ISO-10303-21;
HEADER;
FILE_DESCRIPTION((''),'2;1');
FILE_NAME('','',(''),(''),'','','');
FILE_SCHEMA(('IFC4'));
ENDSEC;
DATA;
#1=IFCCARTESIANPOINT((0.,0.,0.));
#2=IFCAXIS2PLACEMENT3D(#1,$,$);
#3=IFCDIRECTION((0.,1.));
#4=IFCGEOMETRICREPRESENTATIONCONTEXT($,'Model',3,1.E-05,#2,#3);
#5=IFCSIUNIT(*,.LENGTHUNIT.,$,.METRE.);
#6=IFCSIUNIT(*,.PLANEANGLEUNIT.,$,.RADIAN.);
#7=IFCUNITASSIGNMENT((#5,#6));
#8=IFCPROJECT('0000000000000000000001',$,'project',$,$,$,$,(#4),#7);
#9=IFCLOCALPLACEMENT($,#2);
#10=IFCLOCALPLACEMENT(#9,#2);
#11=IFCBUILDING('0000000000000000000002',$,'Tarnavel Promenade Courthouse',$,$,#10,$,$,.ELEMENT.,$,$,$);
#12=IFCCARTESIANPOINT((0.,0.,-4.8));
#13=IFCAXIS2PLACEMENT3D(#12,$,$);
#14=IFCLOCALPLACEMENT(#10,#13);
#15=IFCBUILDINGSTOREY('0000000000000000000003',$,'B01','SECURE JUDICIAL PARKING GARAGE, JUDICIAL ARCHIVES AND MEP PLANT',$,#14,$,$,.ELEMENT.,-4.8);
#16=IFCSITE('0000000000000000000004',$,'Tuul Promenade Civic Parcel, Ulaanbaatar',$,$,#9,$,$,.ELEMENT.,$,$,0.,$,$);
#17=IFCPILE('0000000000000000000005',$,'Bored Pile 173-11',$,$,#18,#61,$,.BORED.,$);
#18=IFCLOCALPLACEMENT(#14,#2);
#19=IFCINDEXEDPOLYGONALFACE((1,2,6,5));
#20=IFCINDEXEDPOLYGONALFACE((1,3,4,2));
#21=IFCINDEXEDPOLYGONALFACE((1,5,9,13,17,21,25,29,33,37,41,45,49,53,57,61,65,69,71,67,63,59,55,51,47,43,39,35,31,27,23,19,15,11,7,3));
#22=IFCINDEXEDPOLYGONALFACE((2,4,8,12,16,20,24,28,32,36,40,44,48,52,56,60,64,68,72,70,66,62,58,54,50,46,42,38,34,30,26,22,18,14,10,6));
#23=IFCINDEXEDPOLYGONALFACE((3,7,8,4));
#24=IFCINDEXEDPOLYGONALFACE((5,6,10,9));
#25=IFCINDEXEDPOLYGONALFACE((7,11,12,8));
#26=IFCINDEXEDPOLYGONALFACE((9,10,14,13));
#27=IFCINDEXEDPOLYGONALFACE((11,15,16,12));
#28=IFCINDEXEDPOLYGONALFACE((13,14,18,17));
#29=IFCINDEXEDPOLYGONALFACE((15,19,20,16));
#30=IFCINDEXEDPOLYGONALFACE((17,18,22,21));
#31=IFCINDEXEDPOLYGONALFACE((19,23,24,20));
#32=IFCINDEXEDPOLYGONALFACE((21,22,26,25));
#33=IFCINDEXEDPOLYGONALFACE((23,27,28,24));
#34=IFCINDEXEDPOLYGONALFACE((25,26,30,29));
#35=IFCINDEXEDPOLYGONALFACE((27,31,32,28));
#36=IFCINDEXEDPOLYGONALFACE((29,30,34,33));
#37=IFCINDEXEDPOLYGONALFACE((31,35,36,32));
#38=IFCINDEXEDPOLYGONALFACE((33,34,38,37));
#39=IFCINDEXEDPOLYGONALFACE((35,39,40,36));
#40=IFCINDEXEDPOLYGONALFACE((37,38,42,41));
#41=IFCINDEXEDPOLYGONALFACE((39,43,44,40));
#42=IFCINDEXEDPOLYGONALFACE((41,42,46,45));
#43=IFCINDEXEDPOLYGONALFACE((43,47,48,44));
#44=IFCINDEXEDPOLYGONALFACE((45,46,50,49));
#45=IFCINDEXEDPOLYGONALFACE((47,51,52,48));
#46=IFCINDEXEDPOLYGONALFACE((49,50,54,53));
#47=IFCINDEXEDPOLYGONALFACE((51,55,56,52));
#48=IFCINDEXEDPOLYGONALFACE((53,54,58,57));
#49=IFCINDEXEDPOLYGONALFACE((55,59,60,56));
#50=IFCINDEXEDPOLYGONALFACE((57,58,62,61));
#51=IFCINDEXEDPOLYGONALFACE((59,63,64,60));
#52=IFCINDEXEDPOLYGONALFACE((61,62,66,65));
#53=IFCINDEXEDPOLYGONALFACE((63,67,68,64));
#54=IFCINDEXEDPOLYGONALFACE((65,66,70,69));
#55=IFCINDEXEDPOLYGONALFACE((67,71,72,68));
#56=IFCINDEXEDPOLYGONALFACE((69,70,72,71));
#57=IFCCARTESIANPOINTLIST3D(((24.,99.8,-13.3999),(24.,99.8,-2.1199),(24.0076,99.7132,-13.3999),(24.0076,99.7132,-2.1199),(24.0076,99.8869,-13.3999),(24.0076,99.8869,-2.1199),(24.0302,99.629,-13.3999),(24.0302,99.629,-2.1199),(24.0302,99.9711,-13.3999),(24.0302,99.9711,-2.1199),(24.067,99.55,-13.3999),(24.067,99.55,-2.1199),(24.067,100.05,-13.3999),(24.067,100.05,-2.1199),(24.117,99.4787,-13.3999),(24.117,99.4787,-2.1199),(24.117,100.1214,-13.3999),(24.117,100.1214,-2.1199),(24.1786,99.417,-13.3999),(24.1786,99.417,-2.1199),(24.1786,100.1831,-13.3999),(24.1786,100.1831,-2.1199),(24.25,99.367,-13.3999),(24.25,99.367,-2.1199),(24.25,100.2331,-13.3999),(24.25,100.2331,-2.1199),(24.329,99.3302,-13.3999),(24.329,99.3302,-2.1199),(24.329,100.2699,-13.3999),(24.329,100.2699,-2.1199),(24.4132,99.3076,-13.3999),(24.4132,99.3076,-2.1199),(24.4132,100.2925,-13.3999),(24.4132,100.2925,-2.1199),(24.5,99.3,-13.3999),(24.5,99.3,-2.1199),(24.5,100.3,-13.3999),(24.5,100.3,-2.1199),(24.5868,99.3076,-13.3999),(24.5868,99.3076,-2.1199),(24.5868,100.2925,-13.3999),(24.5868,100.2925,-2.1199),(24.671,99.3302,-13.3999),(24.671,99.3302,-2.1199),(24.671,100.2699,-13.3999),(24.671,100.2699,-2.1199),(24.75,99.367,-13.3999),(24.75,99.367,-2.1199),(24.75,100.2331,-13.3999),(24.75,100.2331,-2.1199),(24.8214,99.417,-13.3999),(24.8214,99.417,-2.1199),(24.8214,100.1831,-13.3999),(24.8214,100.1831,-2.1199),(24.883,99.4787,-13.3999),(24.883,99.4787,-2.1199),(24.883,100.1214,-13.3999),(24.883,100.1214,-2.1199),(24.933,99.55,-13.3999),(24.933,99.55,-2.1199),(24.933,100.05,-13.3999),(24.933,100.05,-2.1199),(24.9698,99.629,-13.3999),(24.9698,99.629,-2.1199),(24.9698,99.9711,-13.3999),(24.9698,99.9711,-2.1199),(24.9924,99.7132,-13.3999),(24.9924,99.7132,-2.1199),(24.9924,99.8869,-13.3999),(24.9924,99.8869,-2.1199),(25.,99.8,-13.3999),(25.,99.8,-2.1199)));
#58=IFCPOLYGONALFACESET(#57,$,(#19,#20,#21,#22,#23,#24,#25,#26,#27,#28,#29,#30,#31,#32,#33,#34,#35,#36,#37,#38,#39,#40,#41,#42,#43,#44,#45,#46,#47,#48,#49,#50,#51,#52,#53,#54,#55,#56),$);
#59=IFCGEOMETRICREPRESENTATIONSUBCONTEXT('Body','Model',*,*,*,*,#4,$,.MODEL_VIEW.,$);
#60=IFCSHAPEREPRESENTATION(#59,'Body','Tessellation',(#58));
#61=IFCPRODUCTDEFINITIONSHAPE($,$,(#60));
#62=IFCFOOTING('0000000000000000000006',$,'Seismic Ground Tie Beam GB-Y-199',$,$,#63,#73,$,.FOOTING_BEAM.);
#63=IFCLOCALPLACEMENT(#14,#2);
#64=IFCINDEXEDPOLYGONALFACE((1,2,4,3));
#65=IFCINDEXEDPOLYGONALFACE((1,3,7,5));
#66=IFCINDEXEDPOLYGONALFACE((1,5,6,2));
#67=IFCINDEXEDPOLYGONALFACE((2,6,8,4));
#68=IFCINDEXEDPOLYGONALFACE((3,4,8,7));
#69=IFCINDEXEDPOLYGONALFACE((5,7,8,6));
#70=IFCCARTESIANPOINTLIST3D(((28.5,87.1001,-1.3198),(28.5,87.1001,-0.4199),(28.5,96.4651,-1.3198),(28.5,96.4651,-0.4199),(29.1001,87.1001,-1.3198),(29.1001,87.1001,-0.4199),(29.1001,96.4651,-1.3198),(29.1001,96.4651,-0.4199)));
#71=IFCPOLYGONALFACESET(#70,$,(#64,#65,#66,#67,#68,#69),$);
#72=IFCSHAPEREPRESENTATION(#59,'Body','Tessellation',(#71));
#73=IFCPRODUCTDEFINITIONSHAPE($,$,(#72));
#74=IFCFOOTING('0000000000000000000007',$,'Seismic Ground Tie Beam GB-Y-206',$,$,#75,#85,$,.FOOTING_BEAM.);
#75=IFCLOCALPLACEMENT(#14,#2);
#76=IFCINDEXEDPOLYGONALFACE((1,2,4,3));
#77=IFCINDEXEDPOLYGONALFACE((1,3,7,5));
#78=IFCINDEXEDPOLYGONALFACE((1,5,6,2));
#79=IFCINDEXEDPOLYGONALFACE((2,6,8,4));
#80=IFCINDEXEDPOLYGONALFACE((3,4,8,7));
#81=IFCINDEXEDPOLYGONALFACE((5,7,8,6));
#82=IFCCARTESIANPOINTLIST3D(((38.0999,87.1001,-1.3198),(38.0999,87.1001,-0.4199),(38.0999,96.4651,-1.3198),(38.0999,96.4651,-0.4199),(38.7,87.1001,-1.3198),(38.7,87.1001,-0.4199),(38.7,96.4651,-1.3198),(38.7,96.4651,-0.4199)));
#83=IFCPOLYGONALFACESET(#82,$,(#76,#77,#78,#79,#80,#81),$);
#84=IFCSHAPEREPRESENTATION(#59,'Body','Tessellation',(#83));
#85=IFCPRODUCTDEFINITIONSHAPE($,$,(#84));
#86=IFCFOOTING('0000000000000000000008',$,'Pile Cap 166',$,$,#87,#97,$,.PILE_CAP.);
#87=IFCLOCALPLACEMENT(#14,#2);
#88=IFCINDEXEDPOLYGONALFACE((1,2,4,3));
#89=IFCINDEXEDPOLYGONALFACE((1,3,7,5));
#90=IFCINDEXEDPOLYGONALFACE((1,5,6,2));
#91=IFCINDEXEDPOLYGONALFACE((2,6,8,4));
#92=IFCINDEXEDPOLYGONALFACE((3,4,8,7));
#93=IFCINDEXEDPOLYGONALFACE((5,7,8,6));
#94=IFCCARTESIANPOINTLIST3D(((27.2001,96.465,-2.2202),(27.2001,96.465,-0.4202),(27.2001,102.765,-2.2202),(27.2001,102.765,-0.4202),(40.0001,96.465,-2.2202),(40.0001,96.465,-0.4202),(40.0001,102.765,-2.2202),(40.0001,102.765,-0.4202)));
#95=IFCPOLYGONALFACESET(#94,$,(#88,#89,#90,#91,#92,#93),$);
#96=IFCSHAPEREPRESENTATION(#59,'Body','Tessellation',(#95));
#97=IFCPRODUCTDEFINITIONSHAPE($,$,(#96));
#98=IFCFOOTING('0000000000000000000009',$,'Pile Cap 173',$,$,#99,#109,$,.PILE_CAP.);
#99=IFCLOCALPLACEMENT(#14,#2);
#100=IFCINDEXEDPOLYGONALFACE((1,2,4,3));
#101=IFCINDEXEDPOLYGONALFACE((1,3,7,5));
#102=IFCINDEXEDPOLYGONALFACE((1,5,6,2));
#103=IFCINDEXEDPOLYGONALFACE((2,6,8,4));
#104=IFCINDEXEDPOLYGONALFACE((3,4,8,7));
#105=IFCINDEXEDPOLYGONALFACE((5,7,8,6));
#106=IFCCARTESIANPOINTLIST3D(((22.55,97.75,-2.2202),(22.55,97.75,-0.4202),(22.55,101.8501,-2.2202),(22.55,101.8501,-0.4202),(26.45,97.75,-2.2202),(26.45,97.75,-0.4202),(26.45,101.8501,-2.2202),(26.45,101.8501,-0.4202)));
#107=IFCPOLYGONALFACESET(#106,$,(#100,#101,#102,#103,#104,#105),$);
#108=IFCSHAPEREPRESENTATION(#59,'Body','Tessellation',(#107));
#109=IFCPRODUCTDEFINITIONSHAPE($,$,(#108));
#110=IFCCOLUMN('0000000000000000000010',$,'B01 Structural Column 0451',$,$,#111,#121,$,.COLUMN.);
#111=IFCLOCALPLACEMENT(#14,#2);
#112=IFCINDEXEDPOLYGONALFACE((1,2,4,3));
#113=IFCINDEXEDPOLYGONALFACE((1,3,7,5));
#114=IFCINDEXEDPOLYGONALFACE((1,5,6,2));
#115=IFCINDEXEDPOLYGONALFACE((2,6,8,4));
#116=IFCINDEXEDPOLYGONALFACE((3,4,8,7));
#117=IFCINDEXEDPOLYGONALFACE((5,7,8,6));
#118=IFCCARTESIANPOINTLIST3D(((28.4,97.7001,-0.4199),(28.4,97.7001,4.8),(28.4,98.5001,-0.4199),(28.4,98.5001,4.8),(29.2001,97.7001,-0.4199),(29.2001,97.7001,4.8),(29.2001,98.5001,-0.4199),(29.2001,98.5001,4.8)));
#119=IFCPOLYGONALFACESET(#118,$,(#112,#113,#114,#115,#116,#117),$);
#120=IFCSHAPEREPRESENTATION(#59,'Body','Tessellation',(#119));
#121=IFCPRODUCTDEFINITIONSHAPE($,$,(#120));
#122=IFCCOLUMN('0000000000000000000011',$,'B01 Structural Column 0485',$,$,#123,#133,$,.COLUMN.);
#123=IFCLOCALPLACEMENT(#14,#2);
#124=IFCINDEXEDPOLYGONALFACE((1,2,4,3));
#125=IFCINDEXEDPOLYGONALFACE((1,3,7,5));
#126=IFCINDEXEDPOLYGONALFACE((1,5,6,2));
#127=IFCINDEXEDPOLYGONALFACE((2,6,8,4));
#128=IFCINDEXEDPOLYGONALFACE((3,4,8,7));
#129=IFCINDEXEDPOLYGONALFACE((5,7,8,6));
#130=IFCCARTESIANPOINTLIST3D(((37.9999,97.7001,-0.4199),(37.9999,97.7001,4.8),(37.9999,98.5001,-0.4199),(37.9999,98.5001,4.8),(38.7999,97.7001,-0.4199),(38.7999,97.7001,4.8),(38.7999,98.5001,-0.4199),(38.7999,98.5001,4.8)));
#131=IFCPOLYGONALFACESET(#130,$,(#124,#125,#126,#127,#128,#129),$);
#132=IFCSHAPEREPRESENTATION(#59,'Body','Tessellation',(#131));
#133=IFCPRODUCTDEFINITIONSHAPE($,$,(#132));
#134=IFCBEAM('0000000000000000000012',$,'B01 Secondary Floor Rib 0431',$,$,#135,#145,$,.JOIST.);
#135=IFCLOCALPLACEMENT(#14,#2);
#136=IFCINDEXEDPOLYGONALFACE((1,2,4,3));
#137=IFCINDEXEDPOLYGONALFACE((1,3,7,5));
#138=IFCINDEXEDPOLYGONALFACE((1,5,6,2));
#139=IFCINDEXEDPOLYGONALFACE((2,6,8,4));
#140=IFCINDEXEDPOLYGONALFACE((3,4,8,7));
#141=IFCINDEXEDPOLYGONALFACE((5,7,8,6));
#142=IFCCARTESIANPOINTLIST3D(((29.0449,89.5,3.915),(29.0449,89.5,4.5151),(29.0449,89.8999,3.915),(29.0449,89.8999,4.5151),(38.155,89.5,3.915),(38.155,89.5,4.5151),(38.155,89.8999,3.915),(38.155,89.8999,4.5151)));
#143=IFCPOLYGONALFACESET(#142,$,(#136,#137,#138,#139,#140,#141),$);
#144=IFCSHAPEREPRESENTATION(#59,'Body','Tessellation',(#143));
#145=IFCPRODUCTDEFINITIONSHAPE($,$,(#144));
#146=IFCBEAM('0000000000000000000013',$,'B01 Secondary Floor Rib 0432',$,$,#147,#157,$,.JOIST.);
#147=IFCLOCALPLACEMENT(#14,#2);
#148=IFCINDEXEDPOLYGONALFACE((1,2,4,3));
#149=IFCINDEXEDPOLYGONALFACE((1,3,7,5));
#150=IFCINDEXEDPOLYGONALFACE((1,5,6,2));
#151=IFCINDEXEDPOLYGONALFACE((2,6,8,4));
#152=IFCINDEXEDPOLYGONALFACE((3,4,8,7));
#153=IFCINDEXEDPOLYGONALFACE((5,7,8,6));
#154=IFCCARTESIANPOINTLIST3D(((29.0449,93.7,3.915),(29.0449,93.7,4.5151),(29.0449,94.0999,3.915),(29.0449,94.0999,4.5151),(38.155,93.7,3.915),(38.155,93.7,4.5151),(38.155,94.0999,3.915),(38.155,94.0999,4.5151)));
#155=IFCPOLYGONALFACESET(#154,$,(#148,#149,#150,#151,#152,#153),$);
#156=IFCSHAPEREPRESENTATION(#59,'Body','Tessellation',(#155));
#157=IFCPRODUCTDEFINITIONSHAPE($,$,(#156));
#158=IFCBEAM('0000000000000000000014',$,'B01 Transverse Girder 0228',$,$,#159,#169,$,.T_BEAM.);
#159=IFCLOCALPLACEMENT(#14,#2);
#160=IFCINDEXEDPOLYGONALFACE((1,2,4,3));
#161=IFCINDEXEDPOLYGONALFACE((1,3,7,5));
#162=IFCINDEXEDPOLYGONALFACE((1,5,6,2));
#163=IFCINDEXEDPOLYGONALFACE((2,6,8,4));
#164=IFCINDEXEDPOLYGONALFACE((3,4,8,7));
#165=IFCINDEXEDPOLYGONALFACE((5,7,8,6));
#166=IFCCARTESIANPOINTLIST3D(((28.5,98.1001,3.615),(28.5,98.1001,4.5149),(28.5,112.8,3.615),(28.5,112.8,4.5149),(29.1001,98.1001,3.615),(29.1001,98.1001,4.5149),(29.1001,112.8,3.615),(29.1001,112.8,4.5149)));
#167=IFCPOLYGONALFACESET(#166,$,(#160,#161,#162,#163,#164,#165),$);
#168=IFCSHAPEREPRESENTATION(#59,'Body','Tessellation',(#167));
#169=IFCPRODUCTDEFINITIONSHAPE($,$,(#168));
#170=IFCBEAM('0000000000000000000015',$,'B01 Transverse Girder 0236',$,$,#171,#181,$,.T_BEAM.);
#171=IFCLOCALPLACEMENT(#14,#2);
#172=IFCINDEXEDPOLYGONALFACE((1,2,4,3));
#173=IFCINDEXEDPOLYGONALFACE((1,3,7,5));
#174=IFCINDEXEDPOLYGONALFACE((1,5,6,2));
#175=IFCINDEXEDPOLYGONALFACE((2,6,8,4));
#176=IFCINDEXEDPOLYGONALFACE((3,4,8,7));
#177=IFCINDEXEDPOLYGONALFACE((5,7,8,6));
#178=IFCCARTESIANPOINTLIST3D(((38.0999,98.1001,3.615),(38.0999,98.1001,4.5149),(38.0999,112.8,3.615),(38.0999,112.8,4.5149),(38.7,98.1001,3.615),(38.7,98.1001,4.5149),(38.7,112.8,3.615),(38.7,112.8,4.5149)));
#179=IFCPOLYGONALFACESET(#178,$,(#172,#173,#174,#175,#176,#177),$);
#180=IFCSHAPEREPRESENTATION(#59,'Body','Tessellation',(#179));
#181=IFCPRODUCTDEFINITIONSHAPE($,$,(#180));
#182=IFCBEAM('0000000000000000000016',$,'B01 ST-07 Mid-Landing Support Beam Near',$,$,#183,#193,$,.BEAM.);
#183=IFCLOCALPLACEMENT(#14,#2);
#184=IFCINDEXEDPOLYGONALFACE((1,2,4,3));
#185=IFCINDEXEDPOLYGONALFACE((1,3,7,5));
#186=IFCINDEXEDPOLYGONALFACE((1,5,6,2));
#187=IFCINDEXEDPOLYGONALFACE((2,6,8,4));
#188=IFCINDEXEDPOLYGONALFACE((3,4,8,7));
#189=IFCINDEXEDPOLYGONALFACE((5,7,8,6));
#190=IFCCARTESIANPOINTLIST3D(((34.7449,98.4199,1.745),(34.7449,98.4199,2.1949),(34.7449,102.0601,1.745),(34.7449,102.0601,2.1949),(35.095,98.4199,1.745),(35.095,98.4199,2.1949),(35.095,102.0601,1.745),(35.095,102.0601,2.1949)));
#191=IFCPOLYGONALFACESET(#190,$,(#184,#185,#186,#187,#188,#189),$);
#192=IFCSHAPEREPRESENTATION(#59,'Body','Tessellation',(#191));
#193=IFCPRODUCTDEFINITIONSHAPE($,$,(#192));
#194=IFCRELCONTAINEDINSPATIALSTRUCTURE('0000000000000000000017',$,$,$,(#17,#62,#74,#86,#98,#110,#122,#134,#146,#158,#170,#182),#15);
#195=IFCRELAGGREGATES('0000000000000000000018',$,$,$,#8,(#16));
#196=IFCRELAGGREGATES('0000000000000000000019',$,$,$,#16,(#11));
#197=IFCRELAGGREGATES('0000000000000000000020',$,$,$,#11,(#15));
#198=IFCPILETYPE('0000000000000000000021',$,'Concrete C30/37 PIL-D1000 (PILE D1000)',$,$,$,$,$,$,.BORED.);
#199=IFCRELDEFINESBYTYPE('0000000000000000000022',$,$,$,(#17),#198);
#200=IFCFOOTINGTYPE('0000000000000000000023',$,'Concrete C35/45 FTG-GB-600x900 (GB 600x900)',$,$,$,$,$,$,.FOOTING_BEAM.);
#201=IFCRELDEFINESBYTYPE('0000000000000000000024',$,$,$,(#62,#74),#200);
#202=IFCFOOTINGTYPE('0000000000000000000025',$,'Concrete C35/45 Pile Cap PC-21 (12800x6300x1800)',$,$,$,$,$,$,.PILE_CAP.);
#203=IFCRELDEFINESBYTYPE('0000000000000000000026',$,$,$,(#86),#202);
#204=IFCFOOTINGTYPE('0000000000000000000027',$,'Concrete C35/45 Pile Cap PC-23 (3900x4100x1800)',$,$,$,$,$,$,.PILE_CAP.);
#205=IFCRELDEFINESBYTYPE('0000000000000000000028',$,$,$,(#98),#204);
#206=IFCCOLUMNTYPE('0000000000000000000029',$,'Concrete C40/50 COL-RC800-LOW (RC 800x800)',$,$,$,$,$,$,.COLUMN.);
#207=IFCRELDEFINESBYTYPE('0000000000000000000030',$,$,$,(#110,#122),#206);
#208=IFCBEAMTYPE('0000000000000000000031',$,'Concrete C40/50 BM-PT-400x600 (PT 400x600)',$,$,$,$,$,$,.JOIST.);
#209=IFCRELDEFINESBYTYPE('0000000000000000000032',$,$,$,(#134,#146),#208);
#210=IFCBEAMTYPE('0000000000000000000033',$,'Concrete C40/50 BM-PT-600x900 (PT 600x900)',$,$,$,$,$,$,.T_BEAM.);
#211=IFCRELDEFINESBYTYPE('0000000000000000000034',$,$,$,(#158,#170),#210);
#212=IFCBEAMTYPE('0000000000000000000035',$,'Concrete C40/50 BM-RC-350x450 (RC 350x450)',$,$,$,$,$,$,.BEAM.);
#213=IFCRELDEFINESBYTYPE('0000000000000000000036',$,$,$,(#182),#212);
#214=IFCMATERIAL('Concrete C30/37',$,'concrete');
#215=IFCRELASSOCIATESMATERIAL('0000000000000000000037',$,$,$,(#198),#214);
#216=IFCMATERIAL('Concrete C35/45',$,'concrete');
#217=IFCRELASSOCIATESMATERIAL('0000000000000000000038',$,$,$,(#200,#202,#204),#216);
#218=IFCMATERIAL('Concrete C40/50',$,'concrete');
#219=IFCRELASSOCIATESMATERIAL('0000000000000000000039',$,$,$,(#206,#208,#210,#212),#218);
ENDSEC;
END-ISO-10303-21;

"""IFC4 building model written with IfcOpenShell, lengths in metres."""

from ifc_helpers import new_model, si_unit, direction, frame, origin, origin_2d, place, context, subcontext, project, spatial, rectangle, circle, extrude, material, material_profile, profile_set, type_object, element, save


model = new_model("IFC4")

# Units and contexts
model_context = context("Model", 3, precision=1e-05, world=origin(), true_north=direction((0.0, 1.0)))
body_context = subcontext(model_context, "Body", "Model", "MODEL_VIEW")
ifc_project = project(units=[si_unit("LENGTHUNIT", "METRE"), si_unit("PLANEANGLEUNIT", "RADIAN")], contexts=[model_context])

# Site, building, storey
site_placement = place(None, origin())
site = spatial("IfcSite", under=ifc_project, at=site_placement, Name="Tuul Promenade Civic Parcel, Ulaanbaatar", CompositionType="ELEMENT", RefElevation=0.0)
building_placement = place(site_placement, origin())
building = spatial("IfcBuilding", under=site, at=building_placement, Name="Tarnavel Promenade Courthouse", CompositionType="ELEMENT")
storey_placement = place(building_placement, frame((0.0, 0.0, -4.8)))
storey = spatial("IfcBuildingStorey", under=building, at=storey_placement, Name="B01", Description="SECURE JUDICIAL PARKING GARAGE, JUDICIAL ARCHIVES AND MEP PLANT", CompositionType="ELEMENT", Elevation=-4.8)

# Pile
ifc_material_1 = material(Name="Concrete C30/37", Category="concrete")
ifc_material_profile_1 = material_profile(ifc_material_1, circle(Radius=0.5, at=origin_2d()), Name="PILE D1000")
ifc_profile_set_1 = profile_set([ifc_material_profile_1], Name="Concrete C30/37")
pile_type = type_object("IfcPileType", Name="Concrete C30/37 PIL-D1000 (PILE D1000)", PredefinedType="BORED", material=ifc_profile_set_1)
for number, where, z_axis, x_axis, name in (
    (1, (24.5, 99.8, -2.1199), (0.0, 0.0, -1.0), (1.0, 0.0, 0.0), "Bored Pile 173-11"),
):
    element("IfcPile", number, at=place(storey_placement, frame(where, z_axis=z_axis, x_axis=x_axis)), inside=storey, type_object=pile_type, Name=name, PredefinedType="BORED", context=body_context, shape_type="SweptSolid", body=[
        extrude(circle(Radius=0.5, at=origin_2d()), origin(), (0.0, 0.0, 1.0), 11.28),
    ])

# Footings
ifc_material_2 = material(Name="Concrete C35/45", Category="concrete")
ifc_material_profile_2 = material_profile(ifc_material_2, rectangle(XDim=0.6001, YDim=0.8999, at=origin_2d()), Name="GB 600x900")
ifc_profile_set_2 = profile_set([ifc_material_profile_2], Name="Concrete C35/45")
footing_type_1 = type_object("IfcFootingType", Name="Concrete C35/45 FTG-GB-600x900 (GB 600x900)", PredefinedType="FOOTING_BEAM", material=ifc_profile_set_2)
for number, where, z_axis, x_axis, name in (
    (2, (28.8, 87.1001, -0.8699), (0.0, 1.0, 0.0), (-1.0, 0.0, 0.0), "Seismic Ground Tie Beam GB-Y-199"),
    (3, (38.3999, 87.1001, -0.8699), (0.0, 1.0, 0.0), (-1.0, 0.0, 0.0), "Seismic Ground Tie Beam GB-Y-206"),
):
    element("IfcFooting", number, at=place(storey_placement, frame(where, z_axis=z_axis, x_axis=x_axis)), inside=storey, type_object=footing_type_1, Name=name, PredefinedType="FOOTING_BEAM", context=body_context, shape_type="SweptSolid", body=[
        extrude(rectangle(XDim=0.6001, YDim=0.8999, at=origin_2d()), origin(), (0.0, 0.0, 1.0), 9.365),
    ])
footing_type_2 = type_object("IfcFootingType", Name="Concrete C35/45 Pile Cap PC-21 (12800x6300x1800)", PredefinedType="PILE_CAP", material=ifc_material_2)
footing_1_placement = place(storey_placement, frame((33.6001, 99.615, -2.2202), z_axis=(0.0, 0.0, 1.0), x_axis=(1.0, 0.0, 0.0)))
element("IfcFooting", 4, at=footing_1_placement, inside=storey, type_object=footing_type_2, Name="Pile Cap 166", PredefinedType="PILE_CAP", context=body_context, shape_type="SweptSolid", body=[
    extrude(rectangle(XDim=12.8, YDim=6.3, at=origin_2d()), origin(), (0.0, 0.0, 1.0), 1.8),
])
footing_type_3 = type_object("IfcFootingType", Name="Concrete C35/45 Pile Cap PC-23 (3900x4100x1800)", PredefinedType="PILE_CAP", material=ifc_material_2)
footing_2_placement = place(storey_placement, frame((24.5, 99.8, -2.2202), z_axis=(0.0, 0.0, 1.0), x_axis=(1.0, 0.0, 0.0)))
element("IfcFooting", 5, at=footing_2_placement, inside=storey, type_object=footing_type_3, Name="Pile Cap 173", PredefinedType="PILE_CAP", context=body_context, shape_type="SweptSolid", body=[
    extrude(rectangle(XDim=3.8999, YDim=4.1001, at=origin_2d()), origin(), (0.0, 0.0, 1.0), 1.8),
])

# Columns
ifc_material_3 = material(Name="Concrete C40/50", Category="concrete")
ifc_material_profile_3 = material_profile(ifc_material_3, rectangle(XDim=0.8, YDim=0.8, at=origin_2d()), Name="RC 800x800")
ifc_profile_set_3 = profile_set([ifc_material_profile_3], Name="Concrete C40/50")
column_type = type_object("IfcColumnType", Name="Concrete C40/50 COL-RC800-LOW (RC 800x800)", PredefinedType="COLUMN", material=ifc_profile_set_3)
for number, where, z_axis, x_axis, name in (
    (6, (28.8, 98.1001, -0.4199), (0.0, 0.0, 1.0), (1.0, 0.0, 0.0), "B01 Structural Column 0451"),
    (7, (38.3999, 98.1001, -0.4199), (0.0, 0.0, 1.0), (1.0, 0.0, 0.0), "B01 Structural Column 0485"),
):
    element("IfcColumn", number, at=place(storey_placement, frame(where, z_axis=z_axis, x_axis=x_axis)), inside=storey, type_object=column_type, Name=name, PredefinedType="COLUMN", context=body_context, shape_type="SweptSolid", body=[
        extrude(rectangle(XDim=0.8, YDim=0.8, at=origin_2d()), origin(), (0.0, 0.0, 1.0), 5.22),
    ])

# Beams
ifc_material_profile_4 = material_profile(ifc_material_3, rectangle(XDim=0.3999, YDim=0.6001, at=origin_2d()), Name="PT 400x600")
ifc_profile_set_4 = profile_set([ifc_material_profile_4], Name="Concrete C40/50")
beam_type_1 = type_object("IfcBeamType", Name="Concrete C40/50 BM-PT-400x600 (PT 400x600)", PredefinedType="JOIST", material=ifc_profile_set_4)
for number, where, z_axis, x_axis, name in (
    (8, (29.0449, 89.7, 4.2151), (1.0, 0.0, 0.0), (0.0, 1.0, 0.0), "B01 Secondary Floor Rib 0431"),
    (9, (29.0449, 93.8999, 4.2151), (1.0, 0.0, 0.0), (0.0, 1.0, 0.0), "B01 Secondary Floor Rib 0432"),
):
    element("IfcBeam", number, at=place(storey_placement, frame(where, z_axis=z_axis, x_axis=x_axis)), inside=storey, type_object=beam_type_1, Name=name, PredefinedType="JOIST", context=body_context, shape_type="SweptSolid", body=[
        extrude(rectangle(XDim=0.3999, YDim=0.6001, at=origin_2d()), origin(), (0.0, 0.0, 1.0), 9.1101),
    ])
ifc_material_profile_5 = material_profile(ifc_material_3, rectangle(XDim=0.6001, YDim=0.8999, at=origin_2d()), Name="PT 600x900")
ifc_profile_set_5 = profile_set([ifc_material_profile_5], Name="Concrete C40/50")
beam_type_2 = type_object("IfcBeamType", Name="Concrete C40/50 BM-PT-600x900 (PT 600x900)", PredefinedType="T_BEAM", material=ifc_profile_set_5)
for number, where, z_axis, x_axis, name in (
    (10, (28.8, 98.1001, 4.0649), (0.0, 1.0, 0.0), (-1.0, 0.0, 0.0), "B01 Transverse Girder 0228"),
    (11, (38.3999, 98.1001, 4.0649), (0.0, 1.0, 0.0), (-1.0, 0.0, 0.0), "B01 Transverse Girder 0236"),
):
    element("IfcBeam", number, at=place(storey_placement, frame(where, z_axis=z_axis, x_axis=x_axis)), inside=storey, type_object=beam_type_2, Name=name, PredefinedType="T_BEAM", context=body_context, shape_type="SweptSolid", body=[
        extrude(rectangle(XDim=0.6001, YDim=0.8999, at=origin_2d()), origin(), (0.0, 0.0, 1.0), 14.7),
    ])
ifc_material_profile_6 = material_profile(ifc_material_3, rectangle(XDim=0.3501, YDim=0.45, at=origin_2d()), Name="RC 350x450")
ifc_profile_set_6 = profile_set([ifc_material_profile_6], Name="Concrete C40/50")
beam_type_3 = type_object("IfcBeamType", Name="Concrete C40/50 BM-RC-350x450 (RC 350x450)", PredefinedType="BEAM", material=ifc_profile_set_6)
for number, where, z_axis, x_axis, name in (
    (12, (34.9199, 98.4199, 1.97), (0.0, 1.0, 0.0), (-1.0, 0.0, 0.0), "B01 ST-07 Mid-Landing Support Beam Near"),
):
    element("IfcBeam", number, at=place(storey_placement, frame(where, z_axis=z_axis, x_axis=x_axis)), inside=storey, type_object=beam_type_3, Name=name, PredefinedType="BEAM", context=body_context, shape_type="SweptSolid", body=[
        extrude(rectangle(XDim=0.3501, YDim=0.45, at=origin_2d()), origin(), (0.0, 0.0, 1.0), 3.6401),
    ])

save(model, "model.ifc")
